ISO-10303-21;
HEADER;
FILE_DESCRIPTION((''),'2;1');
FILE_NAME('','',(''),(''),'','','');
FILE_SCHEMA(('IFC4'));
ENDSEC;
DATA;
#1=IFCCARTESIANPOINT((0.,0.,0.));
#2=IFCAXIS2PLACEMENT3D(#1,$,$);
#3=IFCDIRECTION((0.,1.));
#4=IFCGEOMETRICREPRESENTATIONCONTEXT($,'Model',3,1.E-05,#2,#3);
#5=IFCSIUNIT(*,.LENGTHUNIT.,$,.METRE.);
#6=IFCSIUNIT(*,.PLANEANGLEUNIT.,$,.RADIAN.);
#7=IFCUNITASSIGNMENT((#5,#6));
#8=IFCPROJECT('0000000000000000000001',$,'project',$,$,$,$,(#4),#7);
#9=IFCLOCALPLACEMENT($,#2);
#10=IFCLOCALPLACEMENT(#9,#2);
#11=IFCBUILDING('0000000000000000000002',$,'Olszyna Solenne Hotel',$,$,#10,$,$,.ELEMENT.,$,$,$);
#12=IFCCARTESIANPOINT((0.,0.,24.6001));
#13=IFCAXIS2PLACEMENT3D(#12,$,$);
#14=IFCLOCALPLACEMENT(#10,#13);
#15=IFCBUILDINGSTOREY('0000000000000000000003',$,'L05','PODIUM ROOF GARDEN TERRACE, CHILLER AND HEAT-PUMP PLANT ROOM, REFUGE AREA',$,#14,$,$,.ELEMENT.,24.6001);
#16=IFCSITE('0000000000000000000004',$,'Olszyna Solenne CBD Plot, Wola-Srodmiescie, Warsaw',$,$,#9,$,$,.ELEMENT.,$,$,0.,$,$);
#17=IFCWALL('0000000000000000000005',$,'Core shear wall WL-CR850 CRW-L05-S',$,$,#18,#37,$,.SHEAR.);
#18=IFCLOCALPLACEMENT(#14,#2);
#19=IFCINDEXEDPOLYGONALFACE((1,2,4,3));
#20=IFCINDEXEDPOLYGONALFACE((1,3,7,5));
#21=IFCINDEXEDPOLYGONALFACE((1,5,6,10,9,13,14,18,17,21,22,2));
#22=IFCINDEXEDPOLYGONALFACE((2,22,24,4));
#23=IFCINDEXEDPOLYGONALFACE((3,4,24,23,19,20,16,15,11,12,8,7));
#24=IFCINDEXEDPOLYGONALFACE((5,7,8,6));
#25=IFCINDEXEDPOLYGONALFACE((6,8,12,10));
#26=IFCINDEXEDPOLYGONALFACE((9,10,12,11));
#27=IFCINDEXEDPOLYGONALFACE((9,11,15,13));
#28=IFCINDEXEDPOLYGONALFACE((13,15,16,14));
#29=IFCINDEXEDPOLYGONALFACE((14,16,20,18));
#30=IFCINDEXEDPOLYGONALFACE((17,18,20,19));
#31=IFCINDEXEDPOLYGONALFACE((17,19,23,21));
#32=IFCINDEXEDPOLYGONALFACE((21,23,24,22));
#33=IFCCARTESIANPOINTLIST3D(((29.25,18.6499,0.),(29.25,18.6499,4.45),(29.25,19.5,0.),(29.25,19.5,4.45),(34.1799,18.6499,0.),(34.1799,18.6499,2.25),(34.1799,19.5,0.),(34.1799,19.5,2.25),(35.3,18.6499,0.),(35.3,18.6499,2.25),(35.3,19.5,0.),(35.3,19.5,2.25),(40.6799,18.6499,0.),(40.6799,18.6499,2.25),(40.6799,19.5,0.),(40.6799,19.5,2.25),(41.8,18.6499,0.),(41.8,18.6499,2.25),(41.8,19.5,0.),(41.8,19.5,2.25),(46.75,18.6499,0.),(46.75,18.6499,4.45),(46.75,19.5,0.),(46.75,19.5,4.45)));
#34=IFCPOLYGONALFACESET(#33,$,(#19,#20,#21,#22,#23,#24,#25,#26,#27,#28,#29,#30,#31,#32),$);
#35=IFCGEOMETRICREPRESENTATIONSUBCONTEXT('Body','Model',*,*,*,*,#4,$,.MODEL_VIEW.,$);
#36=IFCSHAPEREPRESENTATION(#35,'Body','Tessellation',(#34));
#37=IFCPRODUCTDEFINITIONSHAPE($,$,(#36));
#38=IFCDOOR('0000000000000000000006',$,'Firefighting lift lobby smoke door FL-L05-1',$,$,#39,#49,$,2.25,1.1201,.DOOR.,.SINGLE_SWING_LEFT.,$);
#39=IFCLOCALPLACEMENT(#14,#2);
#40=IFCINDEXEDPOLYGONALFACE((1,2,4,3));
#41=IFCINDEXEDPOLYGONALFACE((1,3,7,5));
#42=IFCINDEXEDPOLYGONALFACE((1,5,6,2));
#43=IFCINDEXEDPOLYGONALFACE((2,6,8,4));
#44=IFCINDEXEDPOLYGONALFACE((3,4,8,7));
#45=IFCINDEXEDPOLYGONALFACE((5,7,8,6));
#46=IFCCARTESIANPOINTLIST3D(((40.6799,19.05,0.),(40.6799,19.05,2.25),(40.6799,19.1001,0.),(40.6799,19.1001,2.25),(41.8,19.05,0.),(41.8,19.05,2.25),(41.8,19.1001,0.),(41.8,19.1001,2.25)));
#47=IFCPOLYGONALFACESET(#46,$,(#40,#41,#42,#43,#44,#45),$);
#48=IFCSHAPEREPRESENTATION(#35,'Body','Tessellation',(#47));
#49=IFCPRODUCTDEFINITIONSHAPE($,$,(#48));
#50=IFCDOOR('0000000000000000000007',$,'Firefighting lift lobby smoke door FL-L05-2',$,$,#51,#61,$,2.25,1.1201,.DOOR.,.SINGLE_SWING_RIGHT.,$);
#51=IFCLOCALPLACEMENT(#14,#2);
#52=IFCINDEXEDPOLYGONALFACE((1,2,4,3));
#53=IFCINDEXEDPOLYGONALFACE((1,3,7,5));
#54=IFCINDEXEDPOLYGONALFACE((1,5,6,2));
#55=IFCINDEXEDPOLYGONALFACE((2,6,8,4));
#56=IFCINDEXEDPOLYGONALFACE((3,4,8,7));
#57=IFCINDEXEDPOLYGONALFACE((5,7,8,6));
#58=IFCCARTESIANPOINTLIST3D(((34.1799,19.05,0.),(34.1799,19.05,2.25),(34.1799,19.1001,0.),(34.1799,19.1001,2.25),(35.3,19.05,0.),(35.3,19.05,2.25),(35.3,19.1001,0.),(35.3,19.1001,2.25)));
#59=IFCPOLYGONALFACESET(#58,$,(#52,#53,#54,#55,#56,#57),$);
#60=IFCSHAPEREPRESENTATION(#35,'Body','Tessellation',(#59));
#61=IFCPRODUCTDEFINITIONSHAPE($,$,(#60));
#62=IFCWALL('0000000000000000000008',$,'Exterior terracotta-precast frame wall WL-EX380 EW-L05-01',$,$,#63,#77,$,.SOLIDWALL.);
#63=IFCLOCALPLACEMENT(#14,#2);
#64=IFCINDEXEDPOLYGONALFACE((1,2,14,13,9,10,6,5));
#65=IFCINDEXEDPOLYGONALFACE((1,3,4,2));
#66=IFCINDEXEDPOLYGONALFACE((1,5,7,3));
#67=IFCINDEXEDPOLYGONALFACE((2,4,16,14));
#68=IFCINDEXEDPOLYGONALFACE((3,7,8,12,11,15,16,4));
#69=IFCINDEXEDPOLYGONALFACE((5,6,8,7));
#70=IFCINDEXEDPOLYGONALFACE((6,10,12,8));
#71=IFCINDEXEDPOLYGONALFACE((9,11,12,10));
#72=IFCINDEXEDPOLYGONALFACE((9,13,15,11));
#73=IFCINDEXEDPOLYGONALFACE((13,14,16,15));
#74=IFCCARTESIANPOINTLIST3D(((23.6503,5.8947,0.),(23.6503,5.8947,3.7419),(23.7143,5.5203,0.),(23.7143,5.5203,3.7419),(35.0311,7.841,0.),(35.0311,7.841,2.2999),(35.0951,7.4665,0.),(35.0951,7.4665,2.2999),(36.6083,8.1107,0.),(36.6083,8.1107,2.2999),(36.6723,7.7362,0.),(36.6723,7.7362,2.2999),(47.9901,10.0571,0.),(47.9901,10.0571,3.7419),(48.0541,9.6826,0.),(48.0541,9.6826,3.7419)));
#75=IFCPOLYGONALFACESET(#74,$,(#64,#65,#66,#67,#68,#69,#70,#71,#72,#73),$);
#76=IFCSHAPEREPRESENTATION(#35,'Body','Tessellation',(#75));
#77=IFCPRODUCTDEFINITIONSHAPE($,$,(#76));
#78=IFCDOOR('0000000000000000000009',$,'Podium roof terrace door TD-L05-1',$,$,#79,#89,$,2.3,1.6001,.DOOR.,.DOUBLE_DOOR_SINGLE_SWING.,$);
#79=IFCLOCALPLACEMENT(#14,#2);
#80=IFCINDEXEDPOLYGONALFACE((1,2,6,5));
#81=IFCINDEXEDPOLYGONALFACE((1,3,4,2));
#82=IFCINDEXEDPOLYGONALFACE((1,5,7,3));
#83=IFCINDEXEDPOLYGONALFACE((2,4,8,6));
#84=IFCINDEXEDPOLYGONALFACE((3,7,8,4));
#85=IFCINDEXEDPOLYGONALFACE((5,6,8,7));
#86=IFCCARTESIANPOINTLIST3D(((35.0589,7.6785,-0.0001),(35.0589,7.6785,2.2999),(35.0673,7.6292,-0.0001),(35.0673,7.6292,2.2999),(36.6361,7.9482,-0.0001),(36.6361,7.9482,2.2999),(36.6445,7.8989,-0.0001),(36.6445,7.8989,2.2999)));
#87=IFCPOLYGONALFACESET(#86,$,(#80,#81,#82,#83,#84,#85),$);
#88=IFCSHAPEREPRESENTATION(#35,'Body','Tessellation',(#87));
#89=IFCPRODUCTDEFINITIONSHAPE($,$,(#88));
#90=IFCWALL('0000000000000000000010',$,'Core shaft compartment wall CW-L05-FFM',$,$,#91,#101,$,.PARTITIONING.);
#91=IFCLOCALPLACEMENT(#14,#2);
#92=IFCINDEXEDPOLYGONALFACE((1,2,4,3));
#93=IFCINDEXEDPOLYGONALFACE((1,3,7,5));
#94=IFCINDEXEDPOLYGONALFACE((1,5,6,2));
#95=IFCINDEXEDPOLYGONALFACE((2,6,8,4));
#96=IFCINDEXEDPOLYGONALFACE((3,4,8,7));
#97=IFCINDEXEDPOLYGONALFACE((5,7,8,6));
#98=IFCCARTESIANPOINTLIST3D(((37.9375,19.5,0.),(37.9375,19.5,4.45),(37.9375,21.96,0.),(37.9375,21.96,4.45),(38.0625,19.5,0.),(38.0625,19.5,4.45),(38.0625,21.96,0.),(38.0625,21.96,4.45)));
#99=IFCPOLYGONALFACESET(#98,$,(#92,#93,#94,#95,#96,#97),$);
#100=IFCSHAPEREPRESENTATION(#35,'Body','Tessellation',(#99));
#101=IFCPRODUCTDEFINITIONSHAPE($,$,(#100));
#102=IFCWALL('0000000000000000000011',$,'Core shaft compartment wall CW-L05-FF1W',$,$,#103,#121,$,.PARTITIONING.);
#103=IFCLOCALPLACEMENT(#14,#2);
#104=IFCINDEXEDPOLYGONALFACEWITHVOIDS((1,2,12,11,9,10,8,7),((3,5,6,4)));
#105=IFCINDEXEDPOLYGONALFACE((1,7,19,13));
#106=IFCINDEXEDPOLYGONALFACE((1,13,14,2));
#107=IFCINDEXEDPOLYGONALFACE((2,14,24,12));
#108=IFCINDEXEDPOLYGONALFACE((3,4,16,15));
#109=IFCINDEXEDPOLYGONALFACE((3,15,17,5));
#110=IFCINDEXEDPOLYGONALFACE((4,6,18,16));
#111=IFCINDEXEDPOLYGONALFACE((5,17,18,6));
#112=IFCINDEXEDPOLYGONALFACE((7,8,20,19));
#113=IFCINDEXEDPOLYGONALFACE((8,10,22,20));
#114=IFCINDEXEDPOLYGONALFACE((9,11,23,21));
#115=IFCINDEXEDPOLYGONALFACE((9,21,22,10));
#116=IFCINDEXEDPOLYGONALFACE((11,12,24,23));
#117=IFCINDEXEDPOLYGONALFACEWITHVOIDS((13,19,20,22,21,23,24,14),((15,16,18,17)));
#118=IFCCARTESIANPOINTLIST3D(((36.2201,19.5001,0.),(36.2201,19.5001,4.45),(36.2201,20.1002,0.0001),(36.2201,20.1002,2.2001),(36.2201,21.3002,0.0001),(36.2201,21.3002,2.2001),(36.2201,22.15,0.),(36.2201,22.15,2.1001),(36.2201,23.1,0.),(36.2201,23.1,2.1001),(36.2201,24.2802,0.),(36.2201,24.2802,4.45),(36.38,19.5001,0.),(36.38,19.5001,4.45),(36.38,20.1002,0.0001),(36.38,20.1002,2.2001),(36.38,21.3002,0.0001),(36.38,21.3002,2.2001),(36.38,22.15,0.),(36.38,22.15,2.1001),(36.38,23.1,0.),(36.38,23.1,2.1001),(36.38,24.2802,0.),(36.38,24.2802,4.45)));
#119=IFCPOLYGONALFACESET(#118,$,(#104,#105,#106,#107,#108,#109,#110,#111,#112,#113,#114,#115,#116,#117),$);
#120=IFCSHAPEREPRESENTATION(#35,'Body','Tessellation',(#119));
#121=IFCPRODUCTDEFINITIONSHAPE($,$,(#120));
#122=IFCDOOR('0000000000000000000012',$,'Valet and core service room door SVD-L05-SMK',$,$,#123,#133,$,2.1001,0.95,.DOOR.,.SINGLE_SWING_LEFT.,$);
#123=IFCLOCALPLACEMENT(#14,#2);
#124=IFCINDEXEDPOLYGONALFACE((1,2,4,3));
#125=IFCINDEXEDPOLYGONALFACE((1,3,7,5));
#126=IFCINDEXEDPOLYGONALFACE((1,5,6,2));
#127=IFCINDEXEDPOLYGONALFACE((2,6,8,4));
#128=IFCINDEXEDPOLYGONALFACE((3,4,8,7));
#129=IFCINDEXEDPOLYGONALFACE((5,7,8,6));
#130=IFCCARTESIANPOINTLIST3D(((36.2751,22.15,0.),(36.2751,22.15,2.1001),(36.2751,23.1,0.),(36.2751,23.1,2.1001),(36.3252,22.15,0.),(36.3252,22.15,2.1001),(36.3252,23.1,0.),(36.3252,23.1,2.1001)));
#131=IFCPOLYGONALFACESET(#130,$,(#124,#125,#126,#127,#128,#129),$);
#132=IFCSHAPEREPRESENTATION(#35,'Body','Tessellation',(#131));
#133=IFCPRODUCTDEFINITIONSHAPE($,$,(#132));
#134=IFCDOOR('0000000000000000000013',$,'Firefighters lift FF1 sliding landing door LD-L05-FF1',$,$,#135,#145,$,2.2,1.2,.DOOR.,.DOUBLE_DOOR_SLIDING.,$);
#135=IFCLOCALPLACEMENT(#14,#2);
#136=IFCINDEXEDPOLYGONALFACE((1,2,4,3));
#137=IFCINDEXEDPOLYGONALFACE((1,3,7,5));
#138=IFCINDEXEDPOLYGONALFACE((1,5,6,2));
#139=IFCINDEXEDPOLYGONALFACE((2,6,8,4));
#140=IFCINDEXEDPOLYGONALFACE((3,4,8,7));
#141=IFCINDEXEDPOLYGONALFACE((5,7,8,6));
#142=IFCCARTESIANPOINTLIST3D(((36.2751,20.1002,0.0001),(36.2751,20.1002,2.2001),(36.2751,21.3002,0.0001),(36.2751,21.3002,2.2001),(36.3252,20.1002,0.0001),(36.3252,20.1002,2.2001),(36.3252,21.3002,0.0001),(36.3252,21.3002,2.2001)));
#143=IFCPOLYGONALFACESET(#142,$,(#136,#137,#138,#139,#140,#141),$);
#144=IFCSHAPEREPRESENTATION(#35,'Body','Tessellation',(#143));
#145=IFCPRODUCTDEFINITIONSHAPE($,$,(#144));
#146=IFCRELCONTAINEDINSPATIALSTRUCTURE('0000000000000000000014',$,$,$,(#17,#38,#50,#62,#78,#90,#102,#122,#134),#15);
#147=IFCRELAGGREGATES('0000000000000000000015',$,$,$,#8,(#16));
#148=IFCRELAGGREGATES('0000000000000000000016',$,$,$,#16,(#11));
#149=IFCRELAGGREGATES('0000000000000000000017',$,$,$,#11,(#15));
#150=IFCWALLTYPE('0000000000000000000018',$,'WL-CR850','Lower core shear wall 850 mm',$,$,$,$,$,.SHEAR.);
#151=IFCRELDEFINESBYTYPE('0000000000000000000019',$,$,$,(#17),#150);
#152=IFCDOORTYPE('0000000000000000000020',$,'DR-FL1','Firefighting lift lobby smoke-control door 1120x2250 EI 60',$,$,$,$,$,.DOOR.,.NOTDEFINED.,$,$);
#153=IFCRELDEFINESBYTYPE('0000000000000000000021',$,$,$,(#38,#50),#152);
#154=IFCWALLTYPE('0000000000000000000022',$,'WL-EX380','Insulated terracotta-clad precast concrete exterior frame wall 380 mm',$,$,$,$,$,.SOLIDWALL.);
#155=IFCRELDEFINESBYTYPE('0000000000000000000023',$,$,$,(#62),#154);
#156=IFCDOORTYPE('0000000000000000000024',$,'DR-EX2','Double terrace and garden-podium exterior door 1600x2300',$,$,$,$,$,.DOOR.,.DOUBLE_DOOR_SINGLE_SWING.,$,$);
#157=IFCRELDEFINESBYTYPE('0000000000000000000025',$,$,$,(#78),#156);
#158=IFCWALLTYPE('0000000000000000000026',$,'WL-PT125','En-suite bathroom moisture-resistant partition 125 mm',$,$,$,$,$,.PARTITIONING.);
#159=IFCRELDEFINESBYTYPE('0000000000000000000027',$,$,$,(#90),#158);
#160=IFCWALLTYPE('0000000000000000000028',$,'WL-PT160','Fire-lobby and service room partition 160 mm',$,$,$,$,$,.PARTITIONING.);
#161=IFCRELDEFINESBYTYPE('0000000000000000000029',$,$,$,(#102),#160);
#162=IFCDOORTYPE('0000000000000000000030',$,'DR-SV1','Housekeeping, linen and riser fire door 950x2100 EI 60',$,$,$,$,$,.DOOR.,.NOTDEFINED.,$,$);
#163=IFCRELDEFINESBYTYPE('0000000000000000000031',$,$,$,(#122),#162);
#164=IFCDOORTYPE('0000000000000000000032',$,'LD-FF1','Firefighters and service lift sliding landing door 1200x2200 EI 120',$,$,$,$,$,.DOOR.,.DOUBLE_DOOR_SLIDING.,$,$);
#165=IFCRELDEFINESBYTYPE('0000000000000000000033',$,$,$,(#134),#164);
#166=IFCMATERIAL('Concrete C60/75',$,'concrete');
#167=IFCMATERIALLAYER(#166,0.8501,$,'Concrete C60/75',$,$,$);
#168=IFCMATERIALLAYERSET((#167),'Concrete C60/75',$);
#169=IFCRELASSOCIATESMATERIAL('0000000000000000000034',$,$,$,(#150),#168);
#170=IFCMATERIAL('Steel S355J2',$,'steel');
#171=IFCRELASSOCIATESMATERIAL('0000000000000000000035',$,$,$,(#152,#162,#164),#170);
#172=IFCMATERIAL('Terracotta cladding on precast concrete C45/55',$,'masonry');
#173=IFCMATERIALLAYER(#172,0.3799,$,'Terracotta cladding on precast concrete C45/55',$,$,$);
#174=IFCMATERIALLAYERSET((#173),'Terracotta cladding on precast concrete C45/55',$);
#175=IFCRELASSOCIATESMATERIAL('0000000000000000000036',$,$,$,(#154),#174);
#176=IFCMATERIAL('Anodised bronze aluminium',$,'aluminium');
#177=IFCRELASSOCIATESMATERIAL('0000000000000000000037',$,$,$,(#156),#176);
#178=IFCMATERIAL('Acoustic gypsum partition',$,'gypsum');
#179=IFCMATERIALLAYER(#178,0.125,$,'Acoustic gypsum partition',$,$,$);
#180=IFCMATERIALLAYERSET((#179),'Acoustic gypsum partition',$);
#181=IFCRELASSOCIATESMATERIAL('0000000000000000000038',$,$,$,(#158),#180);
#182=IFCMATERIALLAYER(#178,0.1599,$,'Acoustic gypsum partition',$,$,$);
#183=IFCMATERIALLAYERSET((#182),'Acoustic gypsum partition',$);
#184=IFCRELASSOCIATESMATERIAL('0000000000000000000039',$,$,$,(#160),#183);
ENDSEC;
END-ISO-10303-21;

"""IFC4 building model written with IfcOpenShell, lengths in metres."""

from ifc_helpers import new_model, si_unit, direction, frame, frame_2d, origin, place, context, subcontext, project, spatial, rectangle, extrude, source, transform, mapped, material, layer, layer_set, type_object, type_shapes, element, fill, save


model = new_model("IFC4")

# Units and contexts
model_context = context("Model", 3, precision=1e-05, world=origin(), true_north=direction((0.0, 1.0)))
body_context = subcontext(model_context, "Body", "Model", "MODEL_VIEW")
ifc_project = project(units=[si_unit("LENGTHUNIT", "METRE"), si_unit("PLANEANGLEUNIT", "RADIAN")], contexts=[model_context])

# Site, building, storey
site_placement = place(None, origin())
site = spatial("IfcSite", under=ifc_project, at=site_placement, Name="Olszyna Solenne CBD Plot, Wola-Srodmiescie, Warsaw", CompositionType="ELEMENT", RefElevation=0.0)
building_placement = place(site_placement, origin())
building = spatial("IfcBuilding", under=site, at=building_placement, Name="Olszyna Solenne Hotel", CompositionType="ELEMENT")
storey_placement = place(building_placement, frame((0.0, 0.0, 24.6001)))
storey = spatial("IfcBuildingStorey", under=building, at=storey_placement, Name="L05", Description="PODIUM ROOF GARDEN TERRACE, CHILLER AND HEAT-PUMP PLANT ROOM, REFUGE AREA", CompositionType="ELEMENT", Elevation=24.6001)

# Shared definitions
ifc_material_1 = material(Name="Steel S355J2", Category="steel")

# Wall, openings, doors
ifc_material_2 = material(Name="Concrete C60/75", Category="concrete")
ifc_layer_1 = layer(ifc_material_2, 0.8501, Name="Concrete C60/75")
ifc_layer_set_1 = layer_set([ifc_layer_1], Name="Concrete C60/75")
wall_type_1 = type_object("IfcWallType", Name="WL-CR850", Description="Lower core shear wall 850 mm", PredefinedType="SHEAR", material=ifc_layer_set_1)
wall_1_placement = place(storey_placement, frame((46.75, 19.075, 0.0), z_axis=(0.0, 0.0, 1.0), x_axis=(-1.0, 0.0, 0.0)))
wall_1 = element("IfcWall", 1, at=wall_1_placement, inside=storey, type_object=wall_type_1, Name="Core shear wall WL-CR850 CRW-L05-S", PredefinedType="SHEAR", context=body_context, shape_type="SweptSolid", body=[
    extrude(rectangle(XDim=17.5, YDim=0.8501, at=frame_2d((8.75, 0.0))), origin(), (0.0, 0.0, 1.0), 4.45),
])
opening_1_placement = place(wall_1_placement, frame((4.95, 0.0, 0.0)))
opening_1 = element("IfcOpeningElement", 2, at=opening_1_placement, cuts=wall_1, PredefinedType="OPENING", context=body_context, shape_type="SweptSolid", body=[
    extrude(rectangle(XDim=1.1201, YDim=2.25, at=frame_2d((0.5601, 1.125))), frame((0.0, 0.4351, 0.0), z_axis=(0.0, -1.0, 0.0), x_axis=(1.0, 0.0, 0.0)), (0.0, 0.0, 1.0), 0.8701),
])
opening_2_placement = place(wall_1_placement, frame((11.45, 0.0, 0.0)))
opening_2 = element("IfcOpeningElement", 3, at=opening_2_placement, cuts=wall_1, PredefinedType="OPENING", context=body_context, shape_type="SweptSolid", body=[
    extrude(rectangle(XDim=1.1201, YDim=2.25, at=frame_2d((0.5601, 1.125))), frame((0.0, 0.4351, 0.0), z_axis=(0.0, -1.0, 0.0), x_axis=(1.0, 0.0, 0.0)), (0.0, 0.0, 1.0), 0.8701),
])
door_type_1 = type_object("IfcDoorType", Name="DR-FL1", Description="Firefighting lift lobby smoke-control door 1120x2250 EI 60", OperationType="NOTDEFINED", PredefinedType="DOOR", material=ifc_material_1)
shared_shape_1 = source(origin(), body_context, "Body", "SweptSolid", [
    extrude(rectangle(XDim=1.1201, YDim=2.25, at=frame_2d((0.5601, 1.125))), frame((0.0, 0.0249, 0.0), z_axis=(0.0, -1.0, 0.0), x_axis=(1.0, 0.0, 0.0)), (0.0, 0.0, 1.0), 0.05),
])
type_shapes(door_type_1, [shared_shape_1])
door_1_placement = place(opening_1_placement, origin())
door_1 = element("IfcDoor", 4, at=door_1_placement, inside=storey, type_object=door_type_1, Name="Firefighting lift lobby smoke door FL-L05-1", OperationType="SINGLE_SWING_LEFT", OverallHeight=2.25, OverallWidth=1.1201, PredefinedType="DOOR", context=body_context, shape_type="MappedRepresentation", body=[
    mapped(shared_shape_1, transform((0.0, 0.0, 0.0), x_axis=(1.0, 0.0, 0.0), y_axis=(0.0, 1.0, 0.0), z_axis=(0.0, 0.0, 1.0), scale=1.0)),
])
fill(opening_1, door_1)
door_2_placement = place(opening_2_placement, origin())
door_2 = element("IfcDoor", 5, at=door_2_placement, inside=storey, type_object=door_type_1, Name="Firefighting lift lobby smoke door FL-L05-2", OperationType="SINGLE_SWING_RIGHT", OverallHeight=2.25, OverallWidth=1.1201, PredefinedType="DOOR", context=body_context, shape_type="MappedRepresentation", body=[
    mapped(shared_shape_1, transform((0.0, 0.0, 0.0), x_axis=(1.0, 0.0, 0.0), y_axis=(0.0, 1.0, 0.0), z_axis=(0.0, 0.0, 1.0), scale=1.0)),
])
fill(opening_2, door_2)

# Wall, opening, door
ifc_material_3 = material(Name="Terracotta cladding on precast concrete C45/55", Category="masonry")
ifc_layer_2 = layer(ifc_material_3, 0.3799, Name="Terracotta cladding on precast concrete C45/55")
ifc_layer_set_2 = layer_set([ifc_layer_2], Name="Terracotta cladding on precast concrete C45/55")
wall_type_2 = type_object("IfcWallType", Name="WL-EX380", Description="Insulated terracotta-clad precast concrete exterior frame wall 380 mm", PredefinedType="SOLIDWALL", material=ifc_layer_set_2)
wall_2_placement = place(storey_placement, frame((48.0222, 9.8699, 0.0), z_axis=(0.0, 0.0, 1.0), x_axis=(-0.985691, -0.168563, 0.0)))
wall_2 = element("IfcWall", 6, at=wall_2_placement, inside=storey, type_object=wall_type_2, Name="Exterior terracotta-precast frame wall WL-EX380 EW-L05-01", PredefinedType="SOLIDWALL", context=body_context, shape_type="SweptSolid", body=[
    extrude(rectangle(XDim=24.6931, YDim=0.3799, at=frame_2d((12.3467, 0.0))), origin(), (0.0, 0.0, 1.0), 3.7419),
])
opening_3_placement = place(wall_2_placement, frame((11.5471, 0.0, 0.0)))
opening_3 = element("IfcOpeningElement", 7, at=opening_3_placement, cuts=wall_2, PredefinedType="OPENING", context=body_context, shape_type="SweptSolid", body=[
    extrude(rectangle(XDim=1.6001, YDim=2.3, at=frame_2d((0.8, 1.1499))), frame((0.0, 0.2, 0.0), z_axis=(0.0, -1.0, 0.0), x_axis=(1.0, 0.0, 0.0)), (0.0, 0.0, 1.0), 0.3999),
])
ifc_material_4 = material(Name="Anodised bronze aluminium", Category="aluminium")
door_type_2 = type_object("IfcDoorType", Name="DR-EX2", Description="Double terrace and garden-podium exterior door 1600x2300", OperationType="DOUBLE_DOOR_SINGLE_SWING", PredefinedType="DOOR", material=ifc_material_4)
shared_shape_2 = source(origin(), body_context, "Body", "SweptSolid", [
    extrude(rectangle(XDim=1.6001, YDim=2.3, at=frame_2d((0.8, 1.1499))), frame((0.0, 0.0249, 0.0), z_axis=(0.0, -1.0, 0.0), x_axis=(1.0, 0.0, 0.0)), (0.0, 0.0, 1.0), 0.05),
])
type_shapes(door_type_2, [shared_shape_2])
door_3_placement = place(opening_3_placement, origin())
door_3 = element("IfcDoor", 8, at=door_3_placement, inside=storey, type_object=door_type_2, Name="Podium roof terrace door TD-L05-1", OperationType="DOUBLE_DOOR_SINGLE_SWING", OverallHeight=2.3, OverallWidth=1.6001, PredefinedType="DOOR", context=body_context, shape_type="MappedRepresentation", body=[
    mapped(shared_shape_2, transform((0.0, 0.0, 0.0), x_axis=(1.0, 0.0, 0.0), y_axis=(0.0, 1.0, 0.0), z_axis=(0.0, 0.0, 1.0), scale=1.0)),
])
fill(opening_3, door_3)

# Wall
ifc_material_5 = material(Name="Acoustic gypsum partition", Category="gypsum")
ifc_layer_3 = layer(ifc_material_5, 0.125, Name="Acoustic gypsum partition")
ifc_layer_set_3 = layer_set([ifc_layer_3], Name="Acoustic gypsum partition")
wall_type_3 = type_object("IfcWallType", Name="WL-PT125", Description="En-suite bathroom moisture-resistant partition 125 mm", PredefinedType="PARTITIONING", material=ifc_layer_set_3)
wall_3_placement = place(storey_placement, frame((38.0, 19.5, 0.0), z_axis=(0.0, 0.0, 1.0), x_axis=(0.0, 1.0, 0.0)))
element("IfcWall", 9, at=wall_3_placement, inside=storey, type_object=wall_type_3, Name="Core shaft compartment wall CW-L05-FFM", PredefinedType="PARTITIONING", context=body_context, shape_type="SweptSolid", body=[
    extrude(rectangle(XDim=2.46, YDim=0.125, at=frame_2d((1.23, 0.0))), origin(), (0.0, 0.0, 1.0), 4.45),
])

# Wall, openings, doors
ifc_layer_4 = layer(ifc_material_5, 0.1599, Name="Acoustic gypsum partition")
ifc_layer_set_4 = layer_set([ifc_layer_4], Name="Acoustic gypsum partition")
wall_type_4 = type_object("IfcWallType", Name="WL-PT160", Description="Fire-lobby and service room partition 160 mm", PredefinedType="PARTITIONING", material=ifc_layer_set_4)
wall_4_placement = place(storey_placement, frame((36.3, 19.5, 0.0), z_axis=(0.0, 0.0, 1.0), x_axis=(0.0, 1.0, 0.0)))
wall_4 = element("IfcWall", 10, at=wall_4_placement, inside=storey, type_object=wall_type_4, Name="Core shaft compartment wall CW-L05-FF1W", PredefinedType="PARTITIONING", context=body_context, shape_type="SweptSolid", body=[
    extrude(rectangle(XDim=4.78, YDim=0.1599, at=frame_2d((2.3901, 0.0))), origin(), (0.0, 0.0, 1.0), 4.45),
])
opening_4_placement = place(wall_4_placement, frame((0.6001, 0.0, 0.0)))
opening_4 = element("IfcOpeningElement", 11, at=opening_4_placement, cuts=wall_4, PredefinedType="OPENING", context=body_context, shape_type="SweptSolid", body=[
    extrude(rectangle(XDim=1.2, YDim=2.2, at=frame_2d((0.6001, 1.1001))), frame((0.0, 0.0898, 0.0), z_axis=(0.0, -1.0, 0.0), x_axis=(1.0, 0.0, 0.0)), (0.0, 0.0, 1.0), 0.1799),
])
opening_5_placement = place(wall_4_placement, frame((2.6499, 0.0, 0.0)))
opening_5 = element("IfcOpeningElement", 12, at=opening_5_placement, cuts=wall_4, PredefinedType="OPENING", context=body_context, shape_type="SweptSolid", body=[
    extrude(rectangle(XDim=0.95, YDim=2.1001, at=frame_2d((0.4751, 1.05))), frame((0.0, 0.0898, 0.0), z_axis=(0.0, -1.0, 0.0), x_axis=(1.0, 0.0, 0.0)), (0.0, 0.0, 1.0), 0.1799),
])
door_type_3 = type_object("IfcDoorType", Name="DR-SV1", Description="Housekeeping, linen and riser fire door 950x2100 EI 60", OperationType="NOTDEFINED", PredefinedType="DOOR", material=ifc_material_1)
shared_shape_3 = source(origin(), body_context, "Body", "SweptSolid", [
    extrude(rectangle(XDim=0.95, YDim=2.1001, at=frame_2d((0.4751, 1.05))), frame((0.0, 0.0249, 0.0), z_axis=(0.0, -1.0, 0.0), x_axis=(1.0, 0.0, 0.0)), (0.0, 0.0, 1.0), 0.05),
])
type_shapes(door_type_3, [shared_shape_3])
door_4_placement = place(opening_5_placement, origin())
door_4 = element("IfcDoor", 13, at=door_4_placement, inside=storey, type_object=door_type_3, Name="Valet and core service room door SVD-L05-SMK", OperationType="SINGLE_SWING_LEFT", OverallHeight=2.1001, OverallWidth=0.95, PredefinedType="DOOR", context=body_context, shape_type="MappedRepresentation", body=[
    mapped(shared_shape_3, transform((0.0, 0.0, 0.0), x_axis=(1.0, 0.0, 0.0), y_axis=(0.0, 1.0, 0.0), z_axis=(0.0, 0.0, 1.0), scale=1.0)),
])
fill(opening_5, door_4)
door_type_4 = type_object("IfcDoorType", Name="LD-FF1", Description="Firefighters and service lift sliding landing door 1200x2200 EI 120", OperationType="DOUBLE_DOOR_SLIDING", PredefinedType="DOOR", material=ifc_material_1)
shared_shape_4 = source(origin(), body_context, "Body", "SweptSolid", [
    extrude(rectangle(XDim=1.2, YDim=2.2, at=frame_2d((0.6001, 1.1001))), frame((0.0, 0.0249, 0.0), z_axis=(0.0, -1.0, 0.0), x_axis=(1.0, 0.0, 0.0)), (0.0, 0.0, 1.0), 0.05),
])
type_shapes(door_type_4, [shared_shape_4])
door_5_placement = place(opening_4_placement, origin())
door_5 = element("IfcDoor", 14, at=door_5_placement, inside=storey, type_object=door_type_4, Name="Firefighters lift FF1 sliding landing door LD-L05-FF1", OperationType="DOUBLE_DOOR_SLIDING", OverallHeight=2.2, OverallWidth=1.2, PredefinedType="DOOR", context=body_context, shape_type="MappedRepresentation", body=[
    mapped(shared_shape_4, transform((0.0, 0.0, 0.0), x_axis=(1.0, 0.0, 0.0), y_axis=(0.0, 1.0, 0.0), z_axis=(0.0, 0.0, 1.0), scale=1.0)),
])
fill(opening_4, door_5)

save(model, "model.ifc")
